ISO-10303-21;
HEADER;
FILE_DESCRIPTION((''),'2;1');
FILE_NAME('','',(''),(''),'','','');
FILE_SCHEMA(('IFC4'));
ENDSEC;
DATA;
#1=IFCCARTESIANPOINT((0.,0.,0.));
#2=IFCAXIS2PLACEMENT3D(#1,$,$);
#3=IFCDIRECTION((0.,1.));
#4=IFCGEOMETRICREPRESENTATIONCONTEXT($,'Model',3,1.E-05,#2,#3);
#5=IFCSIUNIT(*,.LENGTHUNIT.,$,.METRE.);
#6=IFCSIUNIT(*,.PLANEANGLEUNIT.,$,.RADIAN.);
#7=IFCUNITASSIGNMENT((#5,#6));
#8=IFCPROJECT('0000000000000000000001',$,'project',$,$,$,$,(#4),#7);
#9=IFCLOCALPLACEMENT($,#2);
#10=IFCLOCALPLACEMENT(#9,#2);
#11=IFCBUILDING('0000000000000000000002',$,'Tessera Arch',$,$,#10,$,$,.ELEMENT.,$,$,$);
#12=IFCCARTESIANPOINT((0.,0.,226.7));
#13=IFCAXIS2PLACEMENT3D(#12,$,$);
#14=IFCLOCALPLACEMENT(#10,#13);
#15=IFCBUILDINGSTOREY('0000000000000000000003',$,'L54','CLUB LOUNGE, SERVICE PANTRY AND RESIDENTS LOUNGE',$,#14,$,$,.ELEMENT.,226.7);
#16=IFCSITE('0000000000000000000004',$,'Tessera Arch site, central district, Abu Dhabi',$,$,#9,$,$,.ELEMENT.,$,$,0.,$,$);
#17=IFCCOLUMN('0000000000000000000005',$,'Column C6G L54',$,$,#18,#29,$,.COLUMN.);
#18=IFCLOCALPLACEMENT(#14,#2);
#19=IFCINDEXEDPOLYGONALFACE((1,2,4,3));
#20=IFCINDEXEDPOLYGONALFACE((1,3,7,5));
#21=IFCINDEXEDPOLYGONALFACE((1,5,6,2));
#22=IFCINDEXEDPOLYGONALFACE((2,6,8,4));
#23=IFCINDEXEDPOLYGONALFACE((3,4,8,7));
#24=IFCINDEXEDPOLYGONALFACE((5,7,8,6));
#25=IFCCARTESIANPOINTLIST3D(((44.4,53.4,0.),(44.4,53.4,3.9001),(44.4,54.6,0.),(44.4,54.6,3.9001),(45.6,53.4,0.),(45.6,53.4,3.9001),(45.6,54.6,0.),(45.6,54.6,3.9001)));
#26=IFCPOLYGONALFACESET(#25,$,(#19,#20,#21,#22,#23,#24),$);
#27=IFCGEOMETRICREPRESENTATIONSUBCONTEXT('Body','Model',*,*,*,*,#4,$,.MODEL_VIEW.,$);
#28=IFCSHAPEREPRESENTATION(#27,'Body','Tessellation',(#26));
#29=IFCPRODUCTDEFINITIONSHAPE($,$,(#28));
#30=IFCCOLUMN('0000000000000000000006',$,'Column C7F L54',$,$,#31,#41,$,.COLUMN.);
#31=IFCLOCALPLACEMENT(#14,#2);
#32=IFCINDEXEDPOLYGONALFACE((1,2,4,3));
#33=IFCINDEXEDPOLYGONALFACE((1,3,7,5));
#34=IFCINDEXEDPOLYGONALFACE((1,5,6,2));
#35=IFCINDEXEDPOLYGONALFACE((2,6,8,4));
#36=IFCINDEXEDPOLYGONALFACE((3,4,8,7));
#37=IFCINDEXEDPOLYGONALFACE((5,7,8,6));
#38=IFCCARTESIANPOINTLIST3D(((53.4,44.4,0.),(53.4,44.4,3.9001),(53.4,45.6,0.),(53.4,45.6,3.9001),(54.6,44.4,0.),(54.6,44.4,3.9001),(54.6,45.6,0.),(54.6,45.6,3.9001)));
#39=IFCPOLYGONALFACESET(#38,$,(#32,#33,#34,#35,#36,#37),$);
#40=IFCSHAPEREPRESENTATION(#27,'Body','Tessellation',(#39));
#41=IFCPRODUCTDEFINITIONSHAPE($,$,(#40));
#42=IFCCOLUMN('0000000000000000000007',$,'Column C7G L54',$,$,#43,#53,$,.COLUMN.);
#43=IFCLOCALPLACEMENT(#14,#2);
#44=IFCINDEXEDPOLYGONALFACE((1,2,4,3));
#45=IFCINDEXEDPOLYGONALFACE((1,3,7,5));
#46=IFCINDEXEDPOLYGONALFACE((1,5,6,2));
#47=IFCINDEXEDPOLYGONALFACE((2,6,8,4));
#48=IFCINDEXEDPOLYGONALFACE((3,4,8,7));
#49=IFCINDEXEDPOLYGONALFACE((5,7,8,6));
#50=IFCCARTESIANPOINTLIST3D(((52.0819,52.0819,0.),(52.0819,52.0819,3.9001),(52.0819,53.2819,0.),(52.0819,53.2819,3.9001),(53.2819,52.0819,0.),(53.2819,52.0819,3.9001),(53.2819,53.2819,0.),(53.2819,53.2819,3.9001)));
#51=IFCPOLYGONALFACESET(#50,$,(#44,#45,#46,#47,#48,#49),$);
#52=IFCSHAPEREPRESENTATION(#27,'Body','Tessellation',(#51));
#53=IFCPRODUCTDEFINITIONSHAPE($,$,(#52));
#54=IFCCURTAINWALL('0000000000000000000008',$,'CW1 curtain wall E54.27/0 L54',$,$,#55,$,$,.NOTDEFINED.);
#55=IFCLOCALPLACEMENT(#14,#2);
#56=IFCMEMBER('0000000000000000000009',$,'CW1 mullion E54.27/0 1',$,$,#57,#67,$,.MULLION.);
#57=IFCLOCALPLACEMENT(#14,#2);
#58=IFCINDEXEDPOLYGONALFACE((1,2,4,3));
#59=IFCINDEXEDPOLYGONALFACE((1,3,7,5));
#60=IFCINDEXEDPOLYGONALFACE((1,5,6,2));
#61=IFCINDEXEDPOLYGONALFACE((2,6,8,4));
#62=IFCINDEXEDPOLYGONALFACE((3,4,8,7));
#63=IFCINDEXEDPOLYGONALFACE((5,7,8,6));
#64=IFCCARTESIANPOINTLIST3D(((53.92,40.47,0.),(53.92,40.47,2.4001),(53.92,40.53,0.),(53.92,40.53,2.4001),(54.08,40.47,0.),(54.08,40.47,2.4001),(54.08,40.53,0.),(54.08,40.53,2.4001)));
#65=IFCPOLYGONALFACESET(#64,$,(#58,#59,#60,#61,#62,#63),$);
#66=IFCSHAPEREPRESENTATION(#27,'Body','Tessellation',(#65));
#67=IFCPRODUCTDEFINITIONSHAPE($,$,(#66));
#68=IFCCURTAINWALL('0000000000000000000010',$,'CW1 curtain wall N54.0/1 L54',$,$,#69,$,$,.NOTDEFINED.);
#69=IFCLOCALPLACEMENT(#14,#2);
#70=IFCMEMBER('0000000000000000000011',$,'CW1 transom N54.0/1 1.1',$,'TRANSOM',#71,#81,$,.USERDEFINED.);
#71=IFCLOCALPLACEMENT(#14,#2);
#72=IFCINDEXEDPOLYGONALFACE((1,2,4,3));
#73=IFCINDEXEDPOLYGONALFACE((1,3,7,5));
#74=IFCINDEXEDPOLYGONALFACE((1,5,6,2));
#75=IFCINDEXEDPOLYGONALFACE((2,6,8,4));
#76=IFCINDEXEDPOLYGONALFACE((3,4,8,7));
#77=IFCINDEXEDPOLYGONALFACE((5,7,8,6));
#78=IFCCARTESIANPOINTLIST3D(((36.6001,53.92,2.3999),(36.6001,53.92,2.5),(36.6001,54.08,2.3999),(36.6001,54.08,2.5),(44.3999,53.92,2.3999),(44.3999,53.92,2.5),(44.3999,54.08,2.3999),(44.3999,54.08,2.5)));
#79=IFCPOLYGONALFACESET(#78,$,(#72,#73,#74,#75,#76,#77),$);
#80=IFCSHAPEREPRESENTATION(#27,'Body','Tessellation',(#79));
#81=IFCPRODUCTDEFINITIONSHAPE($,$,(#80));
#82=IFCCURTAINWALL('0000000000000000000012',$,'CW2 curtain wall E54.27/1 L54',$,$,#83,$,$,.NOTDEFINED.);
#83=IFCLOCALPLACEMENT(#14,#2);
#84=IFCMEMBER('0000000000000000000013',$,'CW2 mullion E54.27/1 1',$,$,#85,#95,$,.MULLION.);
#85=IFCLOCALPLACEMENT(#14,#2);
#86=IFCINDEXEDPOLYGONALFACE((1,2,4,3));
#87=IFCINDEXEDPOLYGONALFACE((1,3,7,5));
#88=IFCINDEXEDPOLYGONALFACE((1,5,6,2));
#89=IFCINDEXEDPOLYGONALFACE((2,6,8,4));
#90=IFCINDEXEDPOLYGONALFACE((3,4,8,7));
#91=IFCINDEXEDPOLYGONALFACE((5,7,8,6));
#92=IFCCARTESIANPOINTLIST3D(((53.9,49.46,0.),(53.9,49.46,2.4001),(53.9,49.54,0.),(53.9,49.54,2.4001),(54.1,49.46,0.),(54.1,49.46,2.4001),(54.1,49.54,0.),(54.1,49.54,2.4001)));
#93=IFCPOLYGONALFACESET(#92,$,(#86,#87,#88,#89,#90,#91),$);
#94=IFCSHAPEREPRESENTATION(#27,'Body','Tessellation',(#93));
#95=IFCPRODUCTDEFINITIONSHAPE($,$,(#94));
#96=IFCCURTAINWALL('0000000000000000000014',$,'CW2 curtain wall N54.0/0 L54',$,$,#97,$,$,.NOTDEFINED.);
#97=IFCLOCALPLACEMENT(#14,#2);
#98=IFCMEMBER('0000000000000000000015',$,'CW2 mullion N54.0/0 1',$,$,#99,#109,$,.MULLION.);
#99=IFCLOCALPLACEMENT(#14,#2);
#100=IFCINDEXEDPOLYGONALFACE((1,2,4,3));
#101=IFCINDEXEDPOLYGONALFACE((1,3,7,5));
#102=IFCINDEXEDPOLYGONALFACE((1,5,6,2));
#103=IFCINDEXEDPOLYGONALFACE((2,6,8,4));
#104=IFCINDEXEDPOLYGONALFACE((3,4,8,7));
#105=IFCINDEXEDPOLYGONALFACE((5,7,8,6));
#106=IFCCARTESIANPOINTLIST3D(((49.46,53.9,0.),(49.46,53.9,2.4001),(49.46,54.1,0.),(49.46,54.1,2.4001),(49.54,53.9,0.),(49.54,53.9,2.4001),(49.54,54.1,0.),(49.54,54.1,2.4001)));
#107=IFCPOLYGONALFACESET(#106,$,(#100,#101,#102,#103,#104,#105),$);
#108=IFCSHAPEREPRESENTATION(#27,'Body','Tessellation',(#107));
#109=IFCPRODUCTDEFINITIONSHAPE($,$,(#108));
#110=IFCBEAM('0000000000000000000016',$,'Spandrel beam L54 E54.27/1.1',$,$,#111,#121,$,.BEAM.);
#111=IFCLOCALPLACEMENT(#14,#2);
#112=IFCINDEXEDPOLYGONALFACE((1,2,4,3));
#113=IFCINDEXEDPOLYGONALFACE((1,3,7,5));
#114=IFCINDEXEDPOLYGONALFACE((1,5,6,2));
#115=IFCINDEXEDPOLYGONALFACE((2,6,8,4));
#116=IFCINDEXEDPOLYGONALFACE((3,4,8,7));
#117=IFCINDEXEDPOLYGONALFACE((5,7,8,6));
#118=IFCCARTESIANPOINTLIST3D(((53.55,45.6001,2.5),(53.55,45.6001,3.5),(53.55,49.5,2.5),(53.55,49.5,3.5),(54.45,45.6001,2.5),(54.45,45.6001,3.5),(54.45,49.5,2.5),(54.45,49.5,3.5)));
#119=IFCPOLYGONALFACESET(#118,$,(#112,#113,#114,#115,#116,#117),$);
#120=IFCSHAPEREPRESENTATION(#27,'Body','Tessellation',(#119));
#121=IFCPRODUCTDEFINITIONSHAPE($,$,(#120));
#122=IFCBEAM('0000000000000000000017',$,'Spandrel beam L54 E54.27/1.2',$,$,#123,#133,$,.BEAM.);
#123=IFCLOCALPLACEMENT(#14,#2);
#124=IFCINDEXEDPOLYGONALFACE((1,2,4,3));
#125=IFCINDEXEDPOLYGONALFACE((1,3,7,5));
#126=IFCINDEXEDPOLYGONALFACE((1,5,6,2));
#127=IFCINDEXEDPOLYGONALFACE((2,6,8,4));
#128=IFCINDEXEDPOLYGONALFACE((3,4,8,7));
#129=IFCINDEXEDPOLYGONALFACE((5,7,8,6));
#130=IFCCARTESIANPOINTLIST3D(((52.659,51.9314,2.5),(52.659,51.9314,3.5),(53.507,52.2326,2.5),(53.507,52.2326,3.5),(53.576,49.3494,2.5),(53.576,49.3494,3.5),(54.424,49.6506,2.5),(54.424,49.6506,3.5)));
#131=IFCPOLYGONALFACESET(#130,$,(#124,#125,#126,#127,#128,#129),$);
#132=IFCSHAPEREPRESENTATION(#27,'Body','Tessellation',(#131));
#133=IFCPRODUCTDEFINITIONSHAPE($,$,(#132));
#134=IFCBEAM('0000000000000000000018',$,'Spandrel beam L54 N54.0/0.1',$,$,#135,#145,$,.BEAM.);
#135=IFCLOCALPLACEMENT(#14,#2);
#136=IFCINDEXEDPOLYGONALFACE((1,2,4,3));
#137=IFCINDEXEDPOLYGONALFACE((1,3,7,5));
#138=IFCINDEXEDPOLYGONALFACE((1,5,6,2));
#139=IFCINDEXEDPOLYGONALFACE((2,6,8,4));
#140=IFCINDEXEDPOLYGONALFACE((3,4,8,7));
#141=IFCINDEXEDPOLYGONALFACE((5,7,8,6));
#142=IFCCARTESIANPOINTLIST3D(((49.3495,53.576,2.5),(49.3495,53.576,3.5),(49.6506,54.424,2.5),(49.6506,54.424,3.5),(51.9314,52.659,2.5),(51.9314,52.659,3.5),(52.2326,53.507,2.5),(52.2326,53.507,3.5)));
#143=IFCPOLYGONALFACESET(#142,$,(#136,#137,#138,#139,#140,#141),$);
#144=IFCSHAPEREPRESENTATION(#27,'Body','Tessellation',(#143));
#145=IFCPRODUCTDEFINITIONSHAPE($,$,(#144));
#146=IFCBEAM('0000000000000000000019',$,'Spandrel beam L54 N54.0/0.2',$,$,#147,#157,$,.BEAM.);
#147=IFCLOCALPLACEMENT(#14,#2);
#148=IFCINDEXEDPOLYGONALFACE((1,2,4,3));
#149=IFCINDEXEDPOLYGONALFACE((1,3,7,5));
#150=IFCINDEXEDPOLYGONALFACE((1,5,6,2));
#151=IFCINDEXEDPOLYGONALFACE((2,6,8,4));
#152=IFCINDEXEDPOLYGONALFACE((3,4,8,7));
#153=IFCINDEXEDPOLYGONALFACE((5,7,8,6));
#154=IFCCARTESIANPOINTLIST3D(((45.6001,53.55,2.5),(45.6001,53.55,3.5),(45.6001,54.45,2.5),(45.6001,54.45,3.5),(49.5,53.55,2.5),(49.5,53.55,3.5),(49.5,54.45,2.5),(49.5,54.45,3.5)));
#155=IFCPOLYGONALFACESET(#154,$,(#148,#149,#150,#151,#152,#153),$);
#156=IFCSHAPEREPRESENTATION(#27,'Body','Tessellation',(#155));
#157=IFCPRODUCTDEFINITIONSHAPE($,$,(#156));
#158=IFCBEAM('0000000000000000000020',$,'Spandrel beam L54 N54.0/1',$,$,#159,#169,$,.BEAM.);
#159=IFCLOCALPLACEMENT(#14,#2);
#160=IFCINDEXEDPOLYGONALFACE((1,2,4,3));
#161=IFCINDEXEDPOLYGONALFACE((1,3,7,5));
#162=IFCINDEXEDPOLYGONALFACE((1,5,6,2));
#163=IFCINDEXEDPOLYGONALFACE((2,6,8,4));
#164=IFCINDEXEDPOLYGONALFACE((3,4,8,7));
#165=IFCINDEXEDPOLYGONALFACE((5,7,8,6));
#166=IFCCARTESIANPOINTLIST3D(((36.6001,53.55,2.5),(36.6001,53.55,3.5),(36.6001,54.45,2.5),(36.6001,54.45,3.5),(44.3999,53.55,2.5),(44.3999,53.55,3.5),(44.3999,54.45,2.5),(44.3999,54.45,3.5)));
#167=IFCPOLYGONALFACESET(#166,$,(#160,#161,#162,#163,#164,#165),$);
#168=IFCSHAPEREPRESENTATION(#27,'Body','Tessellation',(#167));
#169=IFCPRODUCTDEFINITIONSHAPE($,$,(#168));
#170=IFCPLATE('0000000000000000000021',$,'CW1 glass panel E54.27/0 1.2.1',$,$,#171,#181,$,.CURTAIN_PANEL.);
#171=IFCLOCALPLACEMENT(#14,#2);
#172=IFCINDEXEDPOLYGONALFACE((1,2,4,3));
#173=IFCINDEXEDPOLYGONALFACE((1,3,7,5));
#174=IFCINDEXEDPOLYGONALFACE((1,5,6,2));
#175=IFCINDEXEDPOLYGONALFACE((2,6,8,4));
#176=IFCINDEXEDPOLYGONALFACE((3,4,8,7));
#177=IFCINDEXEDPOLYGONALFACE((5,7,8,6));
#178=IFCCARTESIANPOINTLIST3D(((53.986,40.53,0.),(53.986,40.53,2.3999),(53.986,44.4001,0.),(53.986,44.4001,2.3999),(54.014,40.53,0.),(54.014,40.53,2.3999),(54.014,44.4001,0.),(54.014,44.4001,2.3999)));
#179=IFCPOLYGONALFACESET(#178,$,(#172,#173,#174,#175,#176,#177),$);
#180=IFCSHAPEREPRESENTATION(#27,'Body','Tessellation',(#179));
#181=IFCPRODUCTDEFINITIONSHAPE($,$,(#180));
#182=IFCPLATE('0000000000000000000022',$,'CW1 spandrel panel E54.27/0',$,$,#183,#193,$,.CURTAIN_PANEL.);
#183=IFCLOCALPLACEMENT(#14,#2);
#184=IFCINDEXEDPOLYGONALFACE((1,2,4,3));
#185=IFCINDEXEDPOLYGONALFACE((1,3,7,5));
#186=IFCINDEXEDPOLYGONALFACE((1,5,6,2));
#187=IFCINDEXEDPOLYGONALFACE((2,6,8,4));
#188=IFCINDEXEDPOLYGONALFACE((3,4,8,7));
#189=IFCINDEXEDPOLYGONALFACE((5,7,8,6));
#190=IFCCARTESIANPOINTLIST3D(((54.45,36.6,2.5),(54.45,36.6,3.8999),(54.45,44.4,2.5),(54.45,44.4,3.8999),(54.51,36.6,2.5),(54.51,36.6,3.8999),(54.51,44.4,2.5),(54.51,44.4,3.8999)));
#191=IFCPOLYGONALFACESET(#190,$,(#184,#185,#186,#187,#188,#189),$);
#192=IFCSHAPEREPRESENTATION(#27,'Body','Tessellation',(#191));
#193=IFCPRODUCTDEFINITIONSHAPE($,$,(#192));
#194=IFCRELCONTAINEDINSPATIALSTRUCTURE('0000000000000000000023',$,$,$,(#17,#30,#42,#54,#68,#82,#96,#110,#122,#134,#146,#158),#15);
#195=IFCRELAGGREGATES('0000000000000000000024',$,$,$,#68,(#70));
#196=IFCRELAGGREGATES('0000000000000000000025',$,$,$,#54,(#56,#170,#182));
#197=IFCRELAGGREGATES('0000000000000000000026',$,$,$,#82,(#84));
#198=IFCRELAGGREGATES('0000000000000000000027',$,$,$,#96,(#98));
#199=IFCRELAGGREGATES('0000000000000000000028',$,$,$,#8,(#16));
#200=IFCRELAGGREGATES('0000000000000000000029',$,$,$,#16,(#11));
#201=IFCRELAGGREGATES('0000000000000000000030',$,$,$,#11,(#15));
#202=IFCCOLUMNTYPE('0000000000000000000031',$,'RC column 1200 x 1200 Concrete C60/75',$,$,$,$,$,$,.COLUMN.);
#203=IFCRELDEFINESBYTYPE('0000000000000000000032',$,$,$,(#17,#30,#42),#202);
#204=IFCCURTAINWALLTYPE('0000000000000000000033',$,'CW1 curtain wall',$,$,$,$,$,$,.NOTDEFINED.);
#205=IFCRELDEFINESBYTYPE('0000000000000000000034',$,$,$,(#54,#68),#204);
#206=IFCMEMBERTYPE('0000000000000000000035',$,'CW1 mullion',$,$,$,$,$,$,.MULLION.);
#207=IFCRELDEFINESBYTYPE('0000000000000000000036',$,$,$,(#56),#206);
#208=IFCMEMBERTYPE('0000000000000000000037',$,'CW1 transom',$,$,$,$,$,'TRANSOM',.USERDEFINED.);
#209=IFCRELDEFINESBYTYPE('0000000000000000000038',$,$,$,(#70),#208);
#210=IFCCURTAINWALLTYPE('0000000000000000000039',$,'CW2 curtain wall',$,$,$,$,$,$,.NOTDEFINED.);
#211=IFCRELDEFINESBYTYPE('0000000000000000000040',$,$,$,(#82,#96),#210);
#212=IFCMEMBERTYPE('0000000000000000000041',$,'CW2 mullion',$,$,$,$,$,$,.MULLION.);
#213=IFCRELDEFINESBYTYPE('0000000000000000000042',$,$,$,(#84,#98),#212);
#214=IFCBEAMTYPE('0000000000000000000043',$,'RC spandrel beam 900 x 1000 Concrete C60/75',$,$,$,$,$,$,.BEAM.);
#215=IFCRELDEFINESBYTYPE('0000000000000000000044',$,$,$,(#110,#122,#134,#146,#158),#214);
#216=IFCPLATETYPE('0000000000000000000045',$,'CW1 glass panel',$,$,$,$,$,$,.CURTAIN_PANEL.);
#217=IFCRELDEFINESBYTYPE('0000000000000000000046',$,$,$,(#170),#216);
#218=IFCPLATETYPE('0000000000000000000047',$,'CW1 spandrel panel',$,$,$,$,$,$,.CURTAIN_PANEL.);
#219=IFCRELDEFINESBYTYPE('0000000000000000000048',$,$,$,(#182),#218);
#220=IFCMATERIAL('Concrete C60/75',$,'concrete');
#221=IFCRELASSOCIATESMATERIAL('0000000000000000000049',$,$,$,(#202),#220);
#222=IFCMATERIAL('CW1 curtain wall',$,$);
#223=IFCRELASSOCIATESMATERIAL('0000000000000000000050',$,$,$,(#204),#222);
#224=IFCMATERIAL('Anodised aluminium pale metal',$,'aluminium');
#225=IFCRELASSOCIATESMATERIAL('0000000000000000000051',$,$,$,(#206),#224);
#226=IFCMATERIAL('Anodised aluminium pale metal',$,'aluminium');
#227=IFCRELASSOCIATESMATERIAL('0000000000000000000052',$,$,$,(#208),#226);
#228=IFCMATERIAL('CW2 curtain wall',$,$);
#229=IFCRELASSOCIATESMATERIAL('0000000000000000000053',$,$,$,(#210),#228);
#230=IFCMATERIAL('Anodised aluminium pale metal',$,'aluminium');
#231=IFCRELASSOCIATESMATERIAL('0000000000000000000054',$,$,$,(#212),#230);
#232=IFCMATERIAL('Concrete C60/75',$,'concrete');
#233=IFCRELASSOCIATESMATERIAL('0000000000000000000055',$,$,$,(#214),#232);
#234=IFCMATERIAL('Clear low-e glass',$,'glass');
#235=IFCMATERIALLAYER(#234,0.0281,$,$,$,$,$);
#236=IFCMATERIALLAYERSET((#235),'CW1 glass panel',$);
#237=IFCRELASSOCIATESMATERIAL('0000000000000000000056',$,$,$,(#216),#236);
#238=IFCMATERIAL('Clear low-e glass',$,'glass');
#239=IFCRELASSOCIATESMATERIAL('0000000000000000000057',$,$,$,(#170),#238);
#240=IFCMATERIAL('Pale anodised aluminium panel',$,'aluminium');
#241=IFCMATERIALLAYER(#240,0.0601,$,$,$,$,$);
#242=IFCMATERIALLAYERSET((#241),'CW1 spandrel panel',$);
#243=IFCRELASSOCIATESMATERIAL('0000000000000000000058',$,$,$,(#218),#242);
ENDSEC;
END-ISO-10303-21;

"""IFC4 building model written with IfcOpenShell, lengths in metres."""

from ifc_helpers import new_model, si_unit, direction, frame, origin, origin_2d, place, context, subcontext, project, spatial, rectangle, extrude, material, layer, layer_set, material_profile, profile_set, type_object, element, aggregate, save


model = new_model("IFC4")

# Units and contexts
model_context = context("Model", 3, precision=1e-05, world=origin(), true_north=direction((0.0, 1.0)))
body_context = subcontext(model_context, "Body", "Model", "MODEL_VIEW")
ifc_project = project(units=[si_unit("LENGTHUNIT", "METRE"), si_unit("PLANEANGLEUNIT", "RADIAN")], contexts=[model_context])

# Site, building, storey
site_placement = place(None, origin())
site = spatial("IfcSite", under=ifc_project, at=site_placement, Name="Tessera Arch site, central district, Abu Dhabi", CompositionType="ELEMENT", RefElevation=0.0)
building_placement = place(site_placement, origin())
building = spatial("IfcBuilding", under=site, at=building_placement, Name="Tessera Arch", CompositionType="ELEMENT")
storey_placement = place(building_placement, frame((0.0, 0.0, 226.7)))
storey = spatial("IfcBuildingStorey", under=building, at=storey_placement, Name="L54", Description="CLUB LOUNGE, SERVICE PANTRY AND RESIDENTS LOUNGE", CompositionType="ELEMENT", Elevation=226.7)

# Columns
ifc_material_1 = material(Name="Concrete C60/75", Category="concrete")
ifc_material_profile_1 = material_profile(ifc_material_1, rectangle(XDim=1.2, YDim=1.2, at=origin_2d()), Name="RC column 1200 x 1200 Concrete C60/75")
ifc_profile_set_1 = profile_set([ifc_material_profile_1], Name="Concrete C60/75")
column_type = type_object("IfcColumnType", Name="RC column 1200 x 1200 Concrete C60/75", PredefinedType="COLUMN", material=ifc_profile_set_1)
for number, where, z_axis, x_axis, name in (
    (1, (45.0, 54.0, 0.0), (0.0, 0.0, 1.0), (1.0, 0.0, 0.0), "Column C6G L54"),
    (2, (54.0, 45.0, 0.0), (0.0, 0.0, 1.0), (1.0, 0.0, 0.0), "Column C7F L54"),
    (3, (52.6819, 52.6819, 0.0), (0.0, 0.0, 1.0), (1.0, 0.0, 0.0), "Column C7G L54"),
):
    element("IfcColumn", number, at=place(storey_placement, frame(where, z_axis=z_axis, x_axis=x_axis)), inside=storey, type_object=column_type, Name=name, PredefinedType="COLUMN", context=body_context, shape_type="SweptSolid", body=[
        extrude(rectangle(XDim=1.2, YDim=1.2, at=origin_2d()), origin(), (0.0, 0.0, 1.0), 3.9001),
    ])

# Curtain walls, members
ifc_material_2 = material(Name="CW1 curtain wall")
curtain_wall_type_1 = type_object("IfcCurtainWallType", Name="CW1 curtain wall", PredefinedType="NOTDEFINED", material=ifc_material_2)
curtain_wall_1_placement = place(storey_placement, origin())
curtain_wall_1 = element("IfcCurtainWall", 4, at=curtain_wall_1_placement, inside=storey, type_object=curtain_wall_type_1, Name="CW1 curtain wall E54.27/0 L54", PredefinedType="NOTDEFINED")
ifc_material_3 = material(Name="Anodised aluminium pale metal", Category="aluminium")
ifc_material_profile_2 = material_profile(ifc_material_3, rectangle(XDim=0.1599, YDim=0.0601, at=origin_2d()), Name="AL 60x160")
ifc_profile_set_2 = profile_set([ifc_material_profile_2], Name="Anodised aluminium pale metal")
member_type_1 = type_object("IfcMemberType", Name="CW1 mullion", PredefinedType="MULLION", material=ifc_profile_set_2)
member_1_placement = place(storey_placement, frame((54.0, 40.5, 0.0), z_axis=(0.0, 0.0, 1.0), x_axis=(-1.0, 0.0, 0.0)))
member_1 = element("IfcMember", 5, at=member_1_placement, type_object=member_type_1, Name="CW1 mullion E54.27/0 1", PredefinedType="MULLION", context=body_context, shape_type="SweptSolid", body=[
    extrude(rectangle(XDim=0.1599, YDim=0.0601, at=origin_2d()), origin(), (0.0, 0.0, 1.0), 2.4001),
])
curtain_wall_2_placement = place(storey_placement, origin())
curtain_wall_2 = element("IfcCurtainWall", 6, at=curtain_wall_2_placement, inside=storey, type_object=curtain_wall_type_1, Name="CW1 curtain wall N54.0/1 L54", PredefinedType="NOTDEFINED")
ifc_material_4 = material(Name="Anodised aluminium pale metal", Category="aluminium")
ifc_material_profile_3 = material_profile(ifc_material_4, rectangle(XDim=0.1599, YDim=0.1001, at=origin_2d()), Name="AL 160x100")
ifc_profile_set_3 = profile_set([ifc_material_profile_3], Name="Anodised aluminium pale metal")
member_type_2 = type_object("IfcMemberType", Name="CW1 transom", ElementType="TRANSOM", PredefinedType="USERDEFINED", material=ifc_profile_set_3)
member_2_placement = place(storey_placement, frame((44.3999, 54.0, 2.45), z_axis=(-1.0, 0.0, 0.0), x_axis=(0.0, -1.0, 0.0)))
member_2 = element("IfcMember", 7, at=member_2_placement, type_object=member_type_2, Name="CW1 transom N54.0/1 1.1", ObjectType="TRANSOM", PredefinedType="USERDEFINED", context=body_context, shape_type="SweptSolid", body=[
    extrude(rectangle(XDim=0.1599, YDim=0.1001, at=origin_2d()), origin(), (0.0, 0.0, 1.0), 7.7998),
])
aggregate(curtain_wall_2, [member_2])
ifc_material_5 = material(Name="CW2 curtain wall")
curtain_wall_type_2 = type_object("IfcCurtainWallType", Name="CW2 curtain wall", PredefinedType="NOTDEFINED", material=ifc_material_5)
curtain_wall_3_placement = place(storey_placement, origin())
curtain_wall_3 = element("IfcCurtainWall", 8, at=curtain_wall_3_placement, inside=storey, type_object=curtain_wall_type_2, Name="CW2 curtain wall E54.27/1 L54", PredefinedType="NOTDEFINED")
ifc_material_6 = material(Name="Anodised aluminium pale metal", Category="aluminium")
ifc_material_profile_4 = material_profile(ifc_material_6, rectangle(XDim=0.2, YDim=0.0801, at=origin_2d()), Name="AL 80x200")
ifc_profile_set_4 = profile_set([ifc_material_profile_4], Name="Anodised aluminium pale metal")
member_type_3 = type_object("IfcMemberType", Name="CW2 mullion", PredefinedType="MULLION", material=ifc_profile_set_4)
member_3_placement = place(storey_placement, frame((54.0, 49.5, 0.0), z_axis=(0.0, 0.0, 1.0), x_axis=(-1.0, 0.0, 0.0)))
member_3 = element("IfcMember", 9, at=member_3_placement, type_object=member_type_3, Name="CW2 mullion E54.27/1 1", PredefinedType="MULLION", context=body_context, shape_type="SweptSolid", body=[
    extrude(rectangle(XDim=0.2, YDim=0.0801, at=origin_2d()), origin(), (0.0, 0.0, 1.0), 2.4001),
])
curtain_wall_4_placement = place(storey_placement, origin())
curtain_wall_4 = element("IfcCurtainWall", 10, at=curtain_wall_4_placement, inside=storey, type_object=curtain_wall_type_2, Name="CW2 curtain wall N54.0/0 L54", PredefinedType="NOTDEFINED")
member_4_placement = place(storey_placement, frame((49.5, 54.0, 0.0), z_axis=(0.0, 0.0, 1.0), x_axis=(0.0, -1.0, 0.0)))
member_4 = element("IfcMember", 11, at=member_4_placement, type_object=member_type_3, Name="CW2 mullion N54.0/0 1", PredefinedType="MULLION", context=body_context, shape_type="SweptSolid", body=[
    extrude(rectangle(XDim=0.2, YDim=0.0801, at=origin_2d()), origin(), (0.0, 0.0, 1.0), 2.4001),
])

# Beams
ifc_material_7 = material(Name="Concrete C60/75", Category="concrete")
ifc_material_profile_5 = material_profile(ifc_material_7, rectangle(XDim=0.8999, YDim=1.0, at=origin_2d()), Name="RC spandrel beam 900 x 1000 Concrete C60/75")
ifc_profile_set_5 = profile_set([ifc_material_profile_5], Name="Concrete C60/75")
beam_type = type_object("IfcBeamType", Name="RC spandrel beam 900 x 1000 Concrete C60/75", PredefinedType="BEAM", material=ifc_profile_set_5)
beam_1_placement = place(storey_placement, frame((54.0, 45.6001, 3.0), z_axis=(0.0, 1.0, 0.0), x_axis=(-1.0, 0.0, 0.0)))
element("IfcBeam", 12, at=beam_1_placement, inside=storey, type_object=beam_type, Name="Spandrel beam L54 E54.27/1.1", PredefinedType="BEAM", context=body_context, shape_type="SweptSolid", body=[
    extrude(rectangle(XDim=0.8999, YDim=1.0, at=origin_2d()), origin(), (0.0, 0.0, 1.0), 3.8999),
])
for number, where, z_axis, x_axis, name in (
    (13, (54.0, 49.5, 3.0), (-0.334665, 0.942337, 0.0), (-0.942337, -0.334665, 0.0), "Spandrel beam L54 E54.27/1.2"),
    (14, (52.082, 53.083, 3.0), (-0.942337, 0.334665, 0.0), (-0.334665, -0.942337, 0.0), "Spandrel beam L54 N54.0/0.1"),
):
    element("IfcBeam", number, at=place(storey_placement, frame(where, z_axis=z_axis, x_axis=x_axis)), inside=storey, type_object=beam_type, Name=name, PredefinedType="BEAM", context=body_context, shape_type="SweptSolid", body=[
        extrude(rectangle(XDim=0.8999, YDim=1.0, at=origin_2d()), origin(), (0.0, 0.0, 1.0), 2.74),
    ])
beam_2_placement = place(storey_placement, frame((49.5, 54.0, 3.0), z_axis=(-1.0, 0.0, 0.0), x_axis=(0.0, -1.0, 0.0)))
element("IfcBeam", 15, at=beam_2_placement, inside=storey, type_object=beam_type, Name="Spandrel beam L54 N54.0/0.2", PredefinedType="BEAM", context=body_context, shape_type="SweptSolid", body=[
    extrude(rectangle(XDim=0.8999, YDim=1.0, at=origin_2d()), origin(), (0.0, 0.0, 1.0), 3.8999),
])
beam_3_placement = place(storey_placement, frame((44.3999, 54.0, 3.0), z_axis=(-1.0, 0.0, 0.0), x_axis=(0.0, -1.0, 0.0)))
element("IfcBeam", 16, at=beam_3_placement, inside=storey, type_object=beam_type, Name="Spandrel beam L54 N54.0/1", PredefinedType="BEAM", context=body_context, shape_type="SweptSolid", body=[
    extrude(rectangle(XDim=0.8999, YDim=1.0, at=origin_2d()), origin(), (0.0, 0.0, 1.0), 7.7998),
])

# Plates
ifc_material_8 = material(Name="Clear low-e glass", Category="glass")
ifc_material_9 = material(Name="Clear low-e glass", Category="glass")
ifc_layer_1 = layer(ifc_material_9, 0.0281)
ifc_layer_set_1 = layer_set([ifc_layer_1], Name="CW1 glass panel")
plate_type_1 = type_object("IfcPlateType", Name="CW1 glass panel", PredefinedType="CURTAIN_PANEL", material=ifc_layer_set_1)
plate_1_placement = place(storey_placement, frame((54.0, 42.4651, 0.0), z_axis=(0.0, 0.0, 1.0), x_axis=(0.0, 1.0, 0.0)))
plate_1 = element("IfcPlate", 17, at=plate_1_placement, type_object=plate_type_1, material=ifc_material_8, Name="CW1 glass panel E54.27/0 1.2.1", PredefinedType="CURTAIN_PANEL", context=body_context, shape_type="SweptSolid", body=[
    extrude(rectangle(XDim=3.8701, YDim=0.0281, at=origin_2d()), origin(), (0.0, 0.0, 1.0), 2.3999),
])
ifc_material_10 = material(Name="Pale anodised aluminium panel", Category="aluminium")
ifc_layer_2 = layer(ifc_material_10, 0.0601)
ifc_layer_set_2 = layer_set([ifc_layer_2], Name="CW1 spandrel panel")
plate_type_2 = type_object("IfcPlateType", Name="CW1 spandrel panel", PredefinedType="CURTAIN_PANEL", material=ifc_layer_set_2)
plate_2_placement = place(storey_placement, frame((54.48, 40.5, 2.5), z_axis=(0.0, 0.0, 1.0), x_axis=(0.0, 1.0, 0.0)))
plate_2 = element("IfcPlate", 18, at=plate_2_placement, type_object=plate_type_2, Name="CW1 spandrel panel E54.27/0", PredefinedType="CURTAIN_PANEL", context=body_context, shape_type="SweptSolid", body=[
    extrude(rectangle(XDim=7.8, YDim=0.0601, at=origin_2d()), origin(), (0.0, 0.0, 1.0), 1.3999),
])
aggregate(curtain_wall_1, [member_1, plate_1, plate_2])
aggregate(curtain_wall_3, [member_3])
aggregate(curtain_wall_4, [member_4])

save(model, "model.ifc")
